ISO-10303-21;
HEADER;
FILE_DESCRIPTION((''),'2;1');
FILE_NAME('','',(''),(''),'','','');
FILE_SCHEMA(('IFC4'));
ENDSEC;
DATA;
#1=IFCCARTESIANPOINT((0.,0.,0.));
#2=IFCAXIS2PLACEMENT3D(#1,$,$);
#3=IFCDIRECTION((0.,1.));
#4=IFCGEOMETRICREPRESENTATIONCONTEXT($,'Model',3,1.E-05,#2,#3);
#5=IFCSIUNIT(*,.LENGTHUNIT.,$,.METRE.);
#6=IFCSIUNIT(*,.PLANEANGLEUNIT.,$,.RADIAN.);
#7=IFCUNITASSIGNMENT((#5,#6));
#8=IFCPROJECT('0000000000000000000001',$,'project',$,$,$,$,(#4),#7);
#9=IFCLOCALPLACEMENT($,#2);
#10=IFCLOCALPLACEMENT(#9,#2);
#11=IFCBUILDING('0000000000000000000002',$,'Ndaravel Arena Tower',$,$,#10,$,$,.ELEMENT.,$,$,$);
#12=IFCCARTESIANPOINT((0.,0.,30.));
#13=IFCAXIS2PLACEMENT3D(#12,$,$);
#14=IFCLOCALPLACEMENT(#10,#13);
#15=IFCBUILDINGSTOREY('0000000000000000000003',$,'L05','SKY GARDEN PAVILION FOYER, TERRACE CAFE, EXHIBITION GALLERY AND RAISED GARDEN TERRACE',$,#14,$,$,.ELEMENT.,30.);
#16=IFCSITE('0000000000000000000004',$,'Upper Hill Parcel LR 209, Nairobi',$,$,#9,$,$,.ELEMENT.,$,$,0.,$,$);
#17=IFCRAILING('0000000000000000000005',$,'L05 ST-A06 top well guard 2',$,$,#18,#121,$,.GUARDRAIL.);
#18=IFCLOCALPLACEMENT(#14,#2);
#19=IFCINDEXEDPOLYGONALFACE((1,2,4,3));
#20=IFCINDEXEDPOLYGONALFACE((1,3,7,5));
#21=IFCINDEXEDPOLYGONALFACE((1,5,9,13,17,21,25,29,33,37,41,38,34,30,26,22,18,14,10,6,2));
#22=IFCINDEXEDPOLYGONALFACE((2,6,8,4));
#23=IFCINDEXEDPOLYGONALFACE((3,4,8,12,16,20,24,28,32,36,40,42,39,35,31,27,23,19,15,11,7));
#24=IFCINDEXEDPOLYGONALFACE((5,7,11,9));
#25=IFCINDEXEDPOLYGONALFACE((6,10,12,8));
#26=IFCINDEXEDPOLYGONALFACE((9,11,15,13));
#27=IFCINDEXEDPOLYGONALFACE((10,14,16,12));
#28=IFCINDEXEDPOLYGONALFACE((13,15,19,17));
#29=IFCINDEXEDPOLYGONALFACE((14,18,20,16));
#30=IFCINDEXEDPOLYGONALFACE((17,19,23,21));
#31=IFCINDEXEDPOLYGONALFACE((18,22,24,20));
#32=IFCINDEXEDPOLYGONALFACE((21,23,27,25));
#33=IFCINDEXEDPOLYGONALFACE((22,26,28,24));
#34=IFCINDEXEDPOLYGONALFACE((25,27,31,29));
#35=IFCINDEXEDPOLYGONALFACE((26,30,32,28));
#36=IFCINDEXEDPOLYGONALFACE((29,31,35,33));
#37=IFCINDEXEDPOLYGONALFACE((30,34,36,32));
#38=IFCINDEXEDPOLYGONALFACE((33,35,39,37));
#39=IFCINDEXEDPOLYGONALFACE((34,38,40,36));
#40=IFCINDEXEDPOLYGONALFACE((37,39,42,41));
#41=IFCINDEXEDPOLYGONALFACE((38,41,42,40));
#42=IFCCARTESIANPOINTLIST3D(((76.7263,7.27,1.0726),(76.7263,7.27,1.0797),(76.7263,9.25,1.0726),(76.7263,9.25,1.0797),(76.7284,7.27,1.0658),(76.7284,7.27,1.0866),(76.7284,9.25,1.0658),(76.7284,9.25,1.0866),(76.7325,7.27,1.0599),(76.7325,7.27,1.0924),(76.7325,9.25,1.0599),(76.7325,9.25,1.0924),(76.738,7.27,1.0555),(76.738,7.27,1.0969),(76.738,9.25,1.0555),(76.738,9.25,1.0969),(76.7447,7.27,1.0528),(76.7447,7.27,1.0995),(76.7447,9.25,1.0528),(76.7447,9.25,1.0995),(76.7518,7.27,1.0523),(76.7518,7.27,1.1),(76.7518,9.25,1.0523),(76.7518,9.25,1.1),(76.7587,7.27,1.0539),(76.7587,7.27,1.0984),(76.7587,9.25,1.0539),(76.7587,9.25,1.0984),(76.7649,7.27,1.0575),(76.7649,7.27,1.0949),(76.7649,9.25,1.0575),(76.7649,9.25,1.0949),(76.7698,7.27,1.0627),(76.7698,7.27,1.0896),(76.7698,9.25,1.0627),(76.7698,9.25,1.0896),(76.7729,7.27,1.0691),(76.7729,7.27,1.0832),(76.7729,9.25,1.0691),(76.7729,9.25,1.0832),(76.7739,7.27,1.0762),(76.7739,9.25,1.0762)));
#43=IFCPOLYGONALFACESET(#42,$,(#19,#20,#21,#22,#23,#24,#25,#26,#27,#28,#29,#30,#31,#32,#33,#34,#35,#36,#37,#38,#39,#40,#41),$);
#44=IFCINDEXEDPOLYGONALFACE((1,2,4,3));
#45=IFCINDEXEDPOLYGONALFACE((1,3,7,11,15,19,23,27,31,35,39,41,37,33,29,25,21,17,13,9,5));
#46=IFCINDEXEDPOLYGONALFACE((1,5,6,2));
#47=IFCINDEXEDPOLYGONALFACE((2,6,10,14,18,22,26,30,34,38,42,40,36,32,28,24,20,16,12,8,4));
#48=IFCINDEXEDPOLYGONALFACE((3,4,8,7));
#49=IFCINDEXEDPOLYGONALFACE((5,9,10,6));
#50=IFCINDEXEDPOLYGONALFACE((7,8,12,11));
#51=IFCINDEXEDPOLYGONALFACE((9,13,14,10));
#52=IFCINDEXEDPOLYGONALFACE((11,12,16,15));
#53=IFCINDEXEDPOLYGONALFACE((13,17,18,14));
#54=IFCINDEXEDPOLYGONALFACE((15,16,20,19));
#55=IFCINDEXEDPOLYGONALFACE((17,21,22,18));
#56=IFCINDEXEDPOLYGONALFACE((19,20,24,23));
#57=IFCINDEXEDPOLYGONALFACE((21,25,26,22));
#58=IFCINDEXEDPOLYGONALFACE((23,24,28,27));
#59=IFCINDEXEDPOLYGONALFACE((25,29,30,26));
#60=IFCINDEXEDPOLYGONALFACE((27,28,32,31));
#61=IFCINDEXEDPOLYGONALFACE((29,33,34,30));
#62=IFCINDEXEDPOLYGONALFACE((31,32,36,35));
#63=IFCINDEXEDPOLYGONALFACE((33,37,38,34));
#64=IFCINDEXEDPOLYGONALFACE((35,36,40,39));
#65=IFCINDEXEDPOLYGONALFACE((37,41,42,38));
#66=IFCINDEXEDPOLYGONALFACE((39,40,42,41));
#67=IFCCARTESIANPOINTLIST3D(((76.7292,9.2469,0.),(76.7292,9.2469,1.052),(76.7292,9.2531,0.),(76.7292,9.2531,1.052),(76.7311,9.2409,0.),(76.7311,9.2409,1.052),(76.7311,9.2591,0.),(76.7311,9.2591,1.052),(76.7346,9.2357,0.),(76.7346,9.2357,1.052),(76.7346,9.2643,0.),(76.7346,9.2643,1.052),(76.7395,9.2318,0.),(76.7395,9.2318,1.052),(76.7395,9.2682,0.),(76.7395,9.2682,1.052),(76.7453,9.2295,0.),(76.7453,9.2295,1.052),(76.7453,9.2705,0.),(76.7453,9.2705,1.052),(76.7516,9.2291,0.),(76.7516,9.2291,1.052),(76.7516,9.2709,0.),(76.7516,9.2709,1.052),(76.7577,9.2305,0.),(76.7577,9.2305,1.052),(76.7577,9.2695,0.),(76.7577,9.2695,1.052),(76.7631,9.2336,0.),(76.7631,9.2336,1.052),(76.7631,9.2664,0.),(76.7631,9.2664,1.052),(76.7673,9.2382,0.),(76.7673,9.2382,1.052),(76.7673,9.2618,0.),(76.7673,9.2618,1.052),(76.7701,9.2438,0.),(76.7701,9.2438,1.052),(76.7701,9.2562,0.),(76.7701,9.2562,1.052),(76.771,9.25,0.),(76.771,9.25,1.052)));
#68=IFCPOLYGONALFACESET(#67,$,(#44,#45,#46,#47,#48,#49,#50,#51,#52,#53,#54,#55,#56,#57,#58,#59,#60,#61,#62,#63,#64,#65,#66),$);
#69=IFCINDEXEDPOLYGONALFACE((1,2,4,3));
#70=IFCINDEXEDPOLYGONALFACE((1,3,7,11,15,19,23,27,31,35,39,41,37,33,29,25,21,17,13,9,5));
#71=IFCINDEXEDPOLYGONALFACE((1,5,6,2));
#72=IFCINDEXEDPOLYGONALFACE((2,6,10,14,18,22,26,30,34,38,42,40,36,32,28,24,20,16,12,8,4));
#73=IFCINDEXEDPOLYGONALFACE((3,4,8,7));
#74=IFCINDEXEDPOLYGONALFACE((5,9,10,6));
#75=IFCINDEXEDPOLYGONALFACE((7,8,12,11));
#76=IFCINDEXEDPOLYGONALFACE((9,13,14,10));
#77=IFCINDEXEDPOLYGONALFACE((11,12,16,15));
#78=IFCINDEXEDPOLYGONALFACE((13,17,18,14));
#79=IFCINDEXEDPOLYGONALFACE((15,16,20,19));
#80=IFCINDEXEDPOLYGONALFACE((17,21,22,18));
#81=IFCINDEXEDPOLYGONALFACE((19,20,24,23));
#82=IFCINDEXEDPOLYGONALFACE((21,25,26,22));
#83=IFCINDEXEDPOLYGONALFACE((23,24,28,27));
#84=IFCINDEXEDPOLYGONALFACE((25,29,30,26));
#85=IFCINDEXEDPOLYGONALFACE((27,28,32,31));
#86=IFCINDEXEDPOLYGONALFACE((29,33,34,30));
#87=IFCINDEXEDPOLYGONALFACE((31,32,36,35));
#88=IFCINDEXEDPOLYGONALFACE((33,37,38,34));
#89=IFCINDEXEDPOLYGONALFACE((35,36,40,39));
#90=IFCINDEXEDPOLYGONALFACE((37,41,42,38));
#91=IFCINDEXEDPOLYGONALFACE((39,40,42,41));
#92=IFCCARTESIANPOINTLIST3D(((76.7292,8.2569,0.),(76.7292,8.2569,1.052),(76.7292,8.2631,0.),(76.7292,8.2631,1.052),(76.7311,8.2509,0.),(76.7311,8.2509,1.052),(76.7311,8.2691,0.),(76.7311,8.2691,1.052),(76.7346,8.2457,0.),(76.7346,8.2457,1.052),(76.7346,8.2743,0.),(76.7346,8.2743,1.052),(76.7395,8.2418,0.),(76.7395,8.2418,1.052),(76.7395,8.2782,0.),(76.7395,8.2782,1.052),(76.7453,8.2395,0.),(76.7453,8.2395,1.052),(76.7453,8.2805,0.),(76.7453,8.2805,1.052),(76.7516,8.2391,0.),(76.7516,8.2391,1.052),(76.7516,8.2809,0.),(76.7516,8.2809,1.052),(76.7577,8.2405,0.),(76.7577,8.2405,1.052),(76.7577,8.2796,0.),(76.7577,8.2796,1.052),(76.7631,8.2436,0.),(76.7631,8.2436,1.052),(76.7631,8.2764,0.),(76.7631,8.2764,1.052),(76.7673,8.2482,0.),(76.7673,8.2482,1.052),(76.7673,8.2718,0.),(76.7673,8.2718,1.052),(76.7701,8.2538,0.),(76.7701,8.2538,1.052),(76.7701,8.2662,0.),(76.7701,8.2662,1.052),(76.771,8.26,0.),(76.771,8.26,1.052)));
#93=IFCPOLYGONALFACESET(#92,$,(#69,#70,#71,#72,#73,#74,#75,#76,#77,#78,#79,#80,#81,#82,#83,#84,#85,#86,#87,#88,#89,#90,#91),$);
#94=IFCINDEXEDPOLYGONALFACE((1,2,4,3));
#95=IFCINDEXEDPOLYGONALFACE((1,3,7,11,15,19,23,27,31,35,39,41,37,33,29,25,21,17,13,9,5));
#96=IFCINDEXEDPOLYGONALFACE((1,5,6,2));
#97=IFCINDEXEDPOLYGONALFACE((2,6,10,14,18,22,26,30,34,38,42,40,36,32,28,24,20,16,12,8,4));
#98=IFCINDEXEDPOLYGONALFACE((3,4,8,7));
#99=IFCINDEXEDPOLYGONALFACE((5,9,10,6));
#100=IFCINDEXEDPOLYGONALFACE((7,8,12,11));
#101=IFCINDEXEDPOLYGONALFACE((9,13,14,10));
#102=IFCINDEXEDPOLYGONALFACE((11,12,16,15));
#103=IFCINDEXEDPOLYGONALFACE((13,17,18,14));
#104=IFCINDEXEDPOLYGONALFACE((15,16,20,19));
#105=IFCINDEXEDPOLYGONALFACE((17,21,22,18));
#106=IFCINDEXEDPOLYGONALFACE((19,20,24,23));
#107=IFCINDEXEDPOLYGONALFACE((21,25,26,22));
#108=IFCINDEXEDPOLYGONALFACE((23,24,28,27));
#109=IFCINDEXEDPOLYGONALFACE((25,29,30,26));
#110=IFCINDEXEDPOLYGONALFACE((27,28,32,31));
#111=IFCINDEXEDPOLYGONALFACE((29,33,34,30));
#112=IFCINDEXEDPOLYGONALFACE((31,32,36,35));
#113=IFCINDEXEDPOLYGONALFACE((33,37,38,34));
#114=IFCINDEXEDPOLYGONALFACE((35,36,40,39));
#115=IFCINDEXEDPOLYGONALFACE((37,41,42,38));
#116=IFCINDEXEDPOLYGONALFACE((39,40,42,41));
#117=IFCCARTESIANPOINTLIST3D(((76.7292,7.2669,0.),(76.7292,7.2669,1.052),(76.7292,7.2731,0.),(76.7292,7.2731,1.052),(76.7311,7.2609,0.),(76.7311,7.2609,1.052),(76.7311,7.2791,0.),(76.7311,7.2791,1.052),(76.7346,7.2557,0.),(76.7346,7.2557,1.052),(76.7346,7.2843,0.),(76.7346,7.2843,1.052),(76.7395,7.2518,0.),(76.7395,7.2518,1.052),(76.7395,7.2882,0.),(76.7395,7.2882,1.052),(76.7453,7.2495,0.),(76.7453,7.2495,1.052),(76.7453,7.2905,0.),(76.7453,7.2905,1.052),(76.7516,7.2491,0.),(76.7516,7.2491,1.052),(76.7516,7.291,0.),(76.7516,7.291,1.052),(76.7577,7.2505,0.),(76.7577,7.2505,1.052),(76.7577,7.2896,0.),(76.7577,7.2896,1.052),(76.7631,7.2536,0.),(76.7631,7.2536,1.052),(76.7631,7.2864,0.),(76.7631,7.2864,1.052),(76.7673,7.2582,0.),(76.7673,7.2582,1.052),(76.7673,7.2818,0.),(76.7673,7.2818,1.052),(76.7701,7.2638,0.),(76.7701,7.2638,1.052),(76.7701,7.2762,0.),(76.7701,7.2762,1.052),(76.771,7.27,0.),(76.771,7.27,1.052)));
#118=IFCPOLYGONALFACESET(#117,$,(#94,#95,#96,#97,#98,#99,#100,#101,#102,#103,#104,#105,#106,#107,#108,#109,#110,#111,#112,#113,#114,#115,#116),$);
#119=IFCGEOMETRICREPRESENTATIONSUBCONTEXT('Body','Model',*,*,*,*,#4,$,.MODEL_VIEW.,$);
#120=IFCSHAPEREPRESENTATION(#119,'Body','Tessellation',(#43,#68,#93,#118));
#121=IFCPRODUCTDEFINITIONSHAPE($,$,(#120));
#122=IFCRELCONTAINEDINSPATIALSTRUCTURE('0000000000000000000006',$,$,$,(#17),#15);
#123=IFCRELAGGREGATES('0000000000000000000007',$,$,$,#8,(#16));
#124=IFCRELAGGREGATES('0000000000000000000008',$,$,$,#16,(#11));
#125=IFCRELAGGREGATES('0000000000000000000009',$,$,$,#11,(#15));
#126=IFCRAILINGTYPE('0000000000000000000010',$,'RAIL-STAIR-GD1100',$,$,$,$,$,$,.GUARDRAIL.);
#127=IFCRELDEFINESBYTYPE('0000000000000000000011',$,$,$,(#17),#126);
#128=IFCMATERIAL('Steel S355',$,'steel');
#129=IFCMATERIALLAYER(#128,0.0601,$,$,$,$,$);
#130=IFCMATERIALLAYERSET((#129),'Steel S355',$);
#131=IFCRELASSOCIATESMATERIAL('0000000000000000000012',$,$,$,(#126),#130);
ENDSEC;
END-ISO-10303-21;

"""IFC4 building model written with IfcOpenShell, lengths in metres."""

from ifc_helpers import new_model, si_unit, direction, frame, origin, origin_2d, place, context, subcontext, project, spatial, circle, extrude, material, layer, layer_set, type_object, element, save


model = new_model("IFC4")

# Units and contexts
model_context = context("Model", 3, precision=1e-05, world=origin(), true_north=direction((0.0, 1.0)))
body_context = subcontext(model_context, "Body", "Model", "MODEL_VIEW")
ifc_project = project(units=[si_unit("LENGTHUNIT", "METRE"), si_unit("PLANEANGLEUNIT", "RADIAN")], contexts=[model_context])

# Site, building, storey
site_placement = place(None, origin())
site = spatial("IfcSite", under=ifc_project, at=site_placement, Name="Upper Hill Parcel LR 209, Nairobi", CompositionType="ELEMENT", RefElevation=0.0)
building_placement = place(site_placement, origin())
building = spatial("IfcBuilding", under=site, at=building_placement, Name="Ndaravel Arena Tower", CompositionType="ELEMENT")
storey_placement = place(building_placement, frame((0.0, 0.0, 30.0)))
storey = spatial("IfcBuildingStorey", under=building, at=storey_placement, Name="L05", Description="SKY GARDEN PAVILION FOYER, TERRACE CAFE, EXHIBITION GALLERY AND RAISED GARDEN TERRACE", CompositionType="ELEMENT", Elevation=30.0)

# Railing
ifc_material_1 = material(Name="Steel S355", Category="steel")
ifc_layer_1 = layer(ifc_material_1, 0.0601)
ifc_layer_set_1 = layer_set([ifc_layer_1], Name="Steel S355")
railing_type_1 = type_object("IfcRailingType", Name="RAIL-STAIR-GD1100", PredefinedType="GUARDRAIL", material=ifc_layer_set_1)
for number, where, name in (
    (1, (76.75, 9.25, 0.0), "L05 ST-A06 top well guard 2"),
):
    element("IfcRailing", number, at=place(storey_placement, frame(where)), inside=storey, type_object=railing_type_1, Name=name, PredefinedType="GUARDRAIL", context=body_context, shape_type="SweptSolid", body=[
        extrude(circle(Radius=0.0239, at=origin_2d()), frame((0.0, 0.0, 1.0762), z_axis=(0.0, -1.0, 0.0), x_axis=(1.0, 0.0, 0.0)), (0.0, 0.0, 1.0), 1.98),
        extrude(circle(Radius=0.021, at=origin_2d()), origin(), (0.0, 0.0, 1.0), 1.052),
        extrude(circle(Radius=0.021, at=origin_2d()), frame((0.0, -0.99, 0.0)), (0.0, 0.0, 1.0), 1.052),
        extrude(circle(Radius=0.021, at=origin_2d()), frame((0.0, -1.98, 0.0)), (0.0, 0.0, 1.0), 1.052),
    ])

save(model, "model.ifc")
